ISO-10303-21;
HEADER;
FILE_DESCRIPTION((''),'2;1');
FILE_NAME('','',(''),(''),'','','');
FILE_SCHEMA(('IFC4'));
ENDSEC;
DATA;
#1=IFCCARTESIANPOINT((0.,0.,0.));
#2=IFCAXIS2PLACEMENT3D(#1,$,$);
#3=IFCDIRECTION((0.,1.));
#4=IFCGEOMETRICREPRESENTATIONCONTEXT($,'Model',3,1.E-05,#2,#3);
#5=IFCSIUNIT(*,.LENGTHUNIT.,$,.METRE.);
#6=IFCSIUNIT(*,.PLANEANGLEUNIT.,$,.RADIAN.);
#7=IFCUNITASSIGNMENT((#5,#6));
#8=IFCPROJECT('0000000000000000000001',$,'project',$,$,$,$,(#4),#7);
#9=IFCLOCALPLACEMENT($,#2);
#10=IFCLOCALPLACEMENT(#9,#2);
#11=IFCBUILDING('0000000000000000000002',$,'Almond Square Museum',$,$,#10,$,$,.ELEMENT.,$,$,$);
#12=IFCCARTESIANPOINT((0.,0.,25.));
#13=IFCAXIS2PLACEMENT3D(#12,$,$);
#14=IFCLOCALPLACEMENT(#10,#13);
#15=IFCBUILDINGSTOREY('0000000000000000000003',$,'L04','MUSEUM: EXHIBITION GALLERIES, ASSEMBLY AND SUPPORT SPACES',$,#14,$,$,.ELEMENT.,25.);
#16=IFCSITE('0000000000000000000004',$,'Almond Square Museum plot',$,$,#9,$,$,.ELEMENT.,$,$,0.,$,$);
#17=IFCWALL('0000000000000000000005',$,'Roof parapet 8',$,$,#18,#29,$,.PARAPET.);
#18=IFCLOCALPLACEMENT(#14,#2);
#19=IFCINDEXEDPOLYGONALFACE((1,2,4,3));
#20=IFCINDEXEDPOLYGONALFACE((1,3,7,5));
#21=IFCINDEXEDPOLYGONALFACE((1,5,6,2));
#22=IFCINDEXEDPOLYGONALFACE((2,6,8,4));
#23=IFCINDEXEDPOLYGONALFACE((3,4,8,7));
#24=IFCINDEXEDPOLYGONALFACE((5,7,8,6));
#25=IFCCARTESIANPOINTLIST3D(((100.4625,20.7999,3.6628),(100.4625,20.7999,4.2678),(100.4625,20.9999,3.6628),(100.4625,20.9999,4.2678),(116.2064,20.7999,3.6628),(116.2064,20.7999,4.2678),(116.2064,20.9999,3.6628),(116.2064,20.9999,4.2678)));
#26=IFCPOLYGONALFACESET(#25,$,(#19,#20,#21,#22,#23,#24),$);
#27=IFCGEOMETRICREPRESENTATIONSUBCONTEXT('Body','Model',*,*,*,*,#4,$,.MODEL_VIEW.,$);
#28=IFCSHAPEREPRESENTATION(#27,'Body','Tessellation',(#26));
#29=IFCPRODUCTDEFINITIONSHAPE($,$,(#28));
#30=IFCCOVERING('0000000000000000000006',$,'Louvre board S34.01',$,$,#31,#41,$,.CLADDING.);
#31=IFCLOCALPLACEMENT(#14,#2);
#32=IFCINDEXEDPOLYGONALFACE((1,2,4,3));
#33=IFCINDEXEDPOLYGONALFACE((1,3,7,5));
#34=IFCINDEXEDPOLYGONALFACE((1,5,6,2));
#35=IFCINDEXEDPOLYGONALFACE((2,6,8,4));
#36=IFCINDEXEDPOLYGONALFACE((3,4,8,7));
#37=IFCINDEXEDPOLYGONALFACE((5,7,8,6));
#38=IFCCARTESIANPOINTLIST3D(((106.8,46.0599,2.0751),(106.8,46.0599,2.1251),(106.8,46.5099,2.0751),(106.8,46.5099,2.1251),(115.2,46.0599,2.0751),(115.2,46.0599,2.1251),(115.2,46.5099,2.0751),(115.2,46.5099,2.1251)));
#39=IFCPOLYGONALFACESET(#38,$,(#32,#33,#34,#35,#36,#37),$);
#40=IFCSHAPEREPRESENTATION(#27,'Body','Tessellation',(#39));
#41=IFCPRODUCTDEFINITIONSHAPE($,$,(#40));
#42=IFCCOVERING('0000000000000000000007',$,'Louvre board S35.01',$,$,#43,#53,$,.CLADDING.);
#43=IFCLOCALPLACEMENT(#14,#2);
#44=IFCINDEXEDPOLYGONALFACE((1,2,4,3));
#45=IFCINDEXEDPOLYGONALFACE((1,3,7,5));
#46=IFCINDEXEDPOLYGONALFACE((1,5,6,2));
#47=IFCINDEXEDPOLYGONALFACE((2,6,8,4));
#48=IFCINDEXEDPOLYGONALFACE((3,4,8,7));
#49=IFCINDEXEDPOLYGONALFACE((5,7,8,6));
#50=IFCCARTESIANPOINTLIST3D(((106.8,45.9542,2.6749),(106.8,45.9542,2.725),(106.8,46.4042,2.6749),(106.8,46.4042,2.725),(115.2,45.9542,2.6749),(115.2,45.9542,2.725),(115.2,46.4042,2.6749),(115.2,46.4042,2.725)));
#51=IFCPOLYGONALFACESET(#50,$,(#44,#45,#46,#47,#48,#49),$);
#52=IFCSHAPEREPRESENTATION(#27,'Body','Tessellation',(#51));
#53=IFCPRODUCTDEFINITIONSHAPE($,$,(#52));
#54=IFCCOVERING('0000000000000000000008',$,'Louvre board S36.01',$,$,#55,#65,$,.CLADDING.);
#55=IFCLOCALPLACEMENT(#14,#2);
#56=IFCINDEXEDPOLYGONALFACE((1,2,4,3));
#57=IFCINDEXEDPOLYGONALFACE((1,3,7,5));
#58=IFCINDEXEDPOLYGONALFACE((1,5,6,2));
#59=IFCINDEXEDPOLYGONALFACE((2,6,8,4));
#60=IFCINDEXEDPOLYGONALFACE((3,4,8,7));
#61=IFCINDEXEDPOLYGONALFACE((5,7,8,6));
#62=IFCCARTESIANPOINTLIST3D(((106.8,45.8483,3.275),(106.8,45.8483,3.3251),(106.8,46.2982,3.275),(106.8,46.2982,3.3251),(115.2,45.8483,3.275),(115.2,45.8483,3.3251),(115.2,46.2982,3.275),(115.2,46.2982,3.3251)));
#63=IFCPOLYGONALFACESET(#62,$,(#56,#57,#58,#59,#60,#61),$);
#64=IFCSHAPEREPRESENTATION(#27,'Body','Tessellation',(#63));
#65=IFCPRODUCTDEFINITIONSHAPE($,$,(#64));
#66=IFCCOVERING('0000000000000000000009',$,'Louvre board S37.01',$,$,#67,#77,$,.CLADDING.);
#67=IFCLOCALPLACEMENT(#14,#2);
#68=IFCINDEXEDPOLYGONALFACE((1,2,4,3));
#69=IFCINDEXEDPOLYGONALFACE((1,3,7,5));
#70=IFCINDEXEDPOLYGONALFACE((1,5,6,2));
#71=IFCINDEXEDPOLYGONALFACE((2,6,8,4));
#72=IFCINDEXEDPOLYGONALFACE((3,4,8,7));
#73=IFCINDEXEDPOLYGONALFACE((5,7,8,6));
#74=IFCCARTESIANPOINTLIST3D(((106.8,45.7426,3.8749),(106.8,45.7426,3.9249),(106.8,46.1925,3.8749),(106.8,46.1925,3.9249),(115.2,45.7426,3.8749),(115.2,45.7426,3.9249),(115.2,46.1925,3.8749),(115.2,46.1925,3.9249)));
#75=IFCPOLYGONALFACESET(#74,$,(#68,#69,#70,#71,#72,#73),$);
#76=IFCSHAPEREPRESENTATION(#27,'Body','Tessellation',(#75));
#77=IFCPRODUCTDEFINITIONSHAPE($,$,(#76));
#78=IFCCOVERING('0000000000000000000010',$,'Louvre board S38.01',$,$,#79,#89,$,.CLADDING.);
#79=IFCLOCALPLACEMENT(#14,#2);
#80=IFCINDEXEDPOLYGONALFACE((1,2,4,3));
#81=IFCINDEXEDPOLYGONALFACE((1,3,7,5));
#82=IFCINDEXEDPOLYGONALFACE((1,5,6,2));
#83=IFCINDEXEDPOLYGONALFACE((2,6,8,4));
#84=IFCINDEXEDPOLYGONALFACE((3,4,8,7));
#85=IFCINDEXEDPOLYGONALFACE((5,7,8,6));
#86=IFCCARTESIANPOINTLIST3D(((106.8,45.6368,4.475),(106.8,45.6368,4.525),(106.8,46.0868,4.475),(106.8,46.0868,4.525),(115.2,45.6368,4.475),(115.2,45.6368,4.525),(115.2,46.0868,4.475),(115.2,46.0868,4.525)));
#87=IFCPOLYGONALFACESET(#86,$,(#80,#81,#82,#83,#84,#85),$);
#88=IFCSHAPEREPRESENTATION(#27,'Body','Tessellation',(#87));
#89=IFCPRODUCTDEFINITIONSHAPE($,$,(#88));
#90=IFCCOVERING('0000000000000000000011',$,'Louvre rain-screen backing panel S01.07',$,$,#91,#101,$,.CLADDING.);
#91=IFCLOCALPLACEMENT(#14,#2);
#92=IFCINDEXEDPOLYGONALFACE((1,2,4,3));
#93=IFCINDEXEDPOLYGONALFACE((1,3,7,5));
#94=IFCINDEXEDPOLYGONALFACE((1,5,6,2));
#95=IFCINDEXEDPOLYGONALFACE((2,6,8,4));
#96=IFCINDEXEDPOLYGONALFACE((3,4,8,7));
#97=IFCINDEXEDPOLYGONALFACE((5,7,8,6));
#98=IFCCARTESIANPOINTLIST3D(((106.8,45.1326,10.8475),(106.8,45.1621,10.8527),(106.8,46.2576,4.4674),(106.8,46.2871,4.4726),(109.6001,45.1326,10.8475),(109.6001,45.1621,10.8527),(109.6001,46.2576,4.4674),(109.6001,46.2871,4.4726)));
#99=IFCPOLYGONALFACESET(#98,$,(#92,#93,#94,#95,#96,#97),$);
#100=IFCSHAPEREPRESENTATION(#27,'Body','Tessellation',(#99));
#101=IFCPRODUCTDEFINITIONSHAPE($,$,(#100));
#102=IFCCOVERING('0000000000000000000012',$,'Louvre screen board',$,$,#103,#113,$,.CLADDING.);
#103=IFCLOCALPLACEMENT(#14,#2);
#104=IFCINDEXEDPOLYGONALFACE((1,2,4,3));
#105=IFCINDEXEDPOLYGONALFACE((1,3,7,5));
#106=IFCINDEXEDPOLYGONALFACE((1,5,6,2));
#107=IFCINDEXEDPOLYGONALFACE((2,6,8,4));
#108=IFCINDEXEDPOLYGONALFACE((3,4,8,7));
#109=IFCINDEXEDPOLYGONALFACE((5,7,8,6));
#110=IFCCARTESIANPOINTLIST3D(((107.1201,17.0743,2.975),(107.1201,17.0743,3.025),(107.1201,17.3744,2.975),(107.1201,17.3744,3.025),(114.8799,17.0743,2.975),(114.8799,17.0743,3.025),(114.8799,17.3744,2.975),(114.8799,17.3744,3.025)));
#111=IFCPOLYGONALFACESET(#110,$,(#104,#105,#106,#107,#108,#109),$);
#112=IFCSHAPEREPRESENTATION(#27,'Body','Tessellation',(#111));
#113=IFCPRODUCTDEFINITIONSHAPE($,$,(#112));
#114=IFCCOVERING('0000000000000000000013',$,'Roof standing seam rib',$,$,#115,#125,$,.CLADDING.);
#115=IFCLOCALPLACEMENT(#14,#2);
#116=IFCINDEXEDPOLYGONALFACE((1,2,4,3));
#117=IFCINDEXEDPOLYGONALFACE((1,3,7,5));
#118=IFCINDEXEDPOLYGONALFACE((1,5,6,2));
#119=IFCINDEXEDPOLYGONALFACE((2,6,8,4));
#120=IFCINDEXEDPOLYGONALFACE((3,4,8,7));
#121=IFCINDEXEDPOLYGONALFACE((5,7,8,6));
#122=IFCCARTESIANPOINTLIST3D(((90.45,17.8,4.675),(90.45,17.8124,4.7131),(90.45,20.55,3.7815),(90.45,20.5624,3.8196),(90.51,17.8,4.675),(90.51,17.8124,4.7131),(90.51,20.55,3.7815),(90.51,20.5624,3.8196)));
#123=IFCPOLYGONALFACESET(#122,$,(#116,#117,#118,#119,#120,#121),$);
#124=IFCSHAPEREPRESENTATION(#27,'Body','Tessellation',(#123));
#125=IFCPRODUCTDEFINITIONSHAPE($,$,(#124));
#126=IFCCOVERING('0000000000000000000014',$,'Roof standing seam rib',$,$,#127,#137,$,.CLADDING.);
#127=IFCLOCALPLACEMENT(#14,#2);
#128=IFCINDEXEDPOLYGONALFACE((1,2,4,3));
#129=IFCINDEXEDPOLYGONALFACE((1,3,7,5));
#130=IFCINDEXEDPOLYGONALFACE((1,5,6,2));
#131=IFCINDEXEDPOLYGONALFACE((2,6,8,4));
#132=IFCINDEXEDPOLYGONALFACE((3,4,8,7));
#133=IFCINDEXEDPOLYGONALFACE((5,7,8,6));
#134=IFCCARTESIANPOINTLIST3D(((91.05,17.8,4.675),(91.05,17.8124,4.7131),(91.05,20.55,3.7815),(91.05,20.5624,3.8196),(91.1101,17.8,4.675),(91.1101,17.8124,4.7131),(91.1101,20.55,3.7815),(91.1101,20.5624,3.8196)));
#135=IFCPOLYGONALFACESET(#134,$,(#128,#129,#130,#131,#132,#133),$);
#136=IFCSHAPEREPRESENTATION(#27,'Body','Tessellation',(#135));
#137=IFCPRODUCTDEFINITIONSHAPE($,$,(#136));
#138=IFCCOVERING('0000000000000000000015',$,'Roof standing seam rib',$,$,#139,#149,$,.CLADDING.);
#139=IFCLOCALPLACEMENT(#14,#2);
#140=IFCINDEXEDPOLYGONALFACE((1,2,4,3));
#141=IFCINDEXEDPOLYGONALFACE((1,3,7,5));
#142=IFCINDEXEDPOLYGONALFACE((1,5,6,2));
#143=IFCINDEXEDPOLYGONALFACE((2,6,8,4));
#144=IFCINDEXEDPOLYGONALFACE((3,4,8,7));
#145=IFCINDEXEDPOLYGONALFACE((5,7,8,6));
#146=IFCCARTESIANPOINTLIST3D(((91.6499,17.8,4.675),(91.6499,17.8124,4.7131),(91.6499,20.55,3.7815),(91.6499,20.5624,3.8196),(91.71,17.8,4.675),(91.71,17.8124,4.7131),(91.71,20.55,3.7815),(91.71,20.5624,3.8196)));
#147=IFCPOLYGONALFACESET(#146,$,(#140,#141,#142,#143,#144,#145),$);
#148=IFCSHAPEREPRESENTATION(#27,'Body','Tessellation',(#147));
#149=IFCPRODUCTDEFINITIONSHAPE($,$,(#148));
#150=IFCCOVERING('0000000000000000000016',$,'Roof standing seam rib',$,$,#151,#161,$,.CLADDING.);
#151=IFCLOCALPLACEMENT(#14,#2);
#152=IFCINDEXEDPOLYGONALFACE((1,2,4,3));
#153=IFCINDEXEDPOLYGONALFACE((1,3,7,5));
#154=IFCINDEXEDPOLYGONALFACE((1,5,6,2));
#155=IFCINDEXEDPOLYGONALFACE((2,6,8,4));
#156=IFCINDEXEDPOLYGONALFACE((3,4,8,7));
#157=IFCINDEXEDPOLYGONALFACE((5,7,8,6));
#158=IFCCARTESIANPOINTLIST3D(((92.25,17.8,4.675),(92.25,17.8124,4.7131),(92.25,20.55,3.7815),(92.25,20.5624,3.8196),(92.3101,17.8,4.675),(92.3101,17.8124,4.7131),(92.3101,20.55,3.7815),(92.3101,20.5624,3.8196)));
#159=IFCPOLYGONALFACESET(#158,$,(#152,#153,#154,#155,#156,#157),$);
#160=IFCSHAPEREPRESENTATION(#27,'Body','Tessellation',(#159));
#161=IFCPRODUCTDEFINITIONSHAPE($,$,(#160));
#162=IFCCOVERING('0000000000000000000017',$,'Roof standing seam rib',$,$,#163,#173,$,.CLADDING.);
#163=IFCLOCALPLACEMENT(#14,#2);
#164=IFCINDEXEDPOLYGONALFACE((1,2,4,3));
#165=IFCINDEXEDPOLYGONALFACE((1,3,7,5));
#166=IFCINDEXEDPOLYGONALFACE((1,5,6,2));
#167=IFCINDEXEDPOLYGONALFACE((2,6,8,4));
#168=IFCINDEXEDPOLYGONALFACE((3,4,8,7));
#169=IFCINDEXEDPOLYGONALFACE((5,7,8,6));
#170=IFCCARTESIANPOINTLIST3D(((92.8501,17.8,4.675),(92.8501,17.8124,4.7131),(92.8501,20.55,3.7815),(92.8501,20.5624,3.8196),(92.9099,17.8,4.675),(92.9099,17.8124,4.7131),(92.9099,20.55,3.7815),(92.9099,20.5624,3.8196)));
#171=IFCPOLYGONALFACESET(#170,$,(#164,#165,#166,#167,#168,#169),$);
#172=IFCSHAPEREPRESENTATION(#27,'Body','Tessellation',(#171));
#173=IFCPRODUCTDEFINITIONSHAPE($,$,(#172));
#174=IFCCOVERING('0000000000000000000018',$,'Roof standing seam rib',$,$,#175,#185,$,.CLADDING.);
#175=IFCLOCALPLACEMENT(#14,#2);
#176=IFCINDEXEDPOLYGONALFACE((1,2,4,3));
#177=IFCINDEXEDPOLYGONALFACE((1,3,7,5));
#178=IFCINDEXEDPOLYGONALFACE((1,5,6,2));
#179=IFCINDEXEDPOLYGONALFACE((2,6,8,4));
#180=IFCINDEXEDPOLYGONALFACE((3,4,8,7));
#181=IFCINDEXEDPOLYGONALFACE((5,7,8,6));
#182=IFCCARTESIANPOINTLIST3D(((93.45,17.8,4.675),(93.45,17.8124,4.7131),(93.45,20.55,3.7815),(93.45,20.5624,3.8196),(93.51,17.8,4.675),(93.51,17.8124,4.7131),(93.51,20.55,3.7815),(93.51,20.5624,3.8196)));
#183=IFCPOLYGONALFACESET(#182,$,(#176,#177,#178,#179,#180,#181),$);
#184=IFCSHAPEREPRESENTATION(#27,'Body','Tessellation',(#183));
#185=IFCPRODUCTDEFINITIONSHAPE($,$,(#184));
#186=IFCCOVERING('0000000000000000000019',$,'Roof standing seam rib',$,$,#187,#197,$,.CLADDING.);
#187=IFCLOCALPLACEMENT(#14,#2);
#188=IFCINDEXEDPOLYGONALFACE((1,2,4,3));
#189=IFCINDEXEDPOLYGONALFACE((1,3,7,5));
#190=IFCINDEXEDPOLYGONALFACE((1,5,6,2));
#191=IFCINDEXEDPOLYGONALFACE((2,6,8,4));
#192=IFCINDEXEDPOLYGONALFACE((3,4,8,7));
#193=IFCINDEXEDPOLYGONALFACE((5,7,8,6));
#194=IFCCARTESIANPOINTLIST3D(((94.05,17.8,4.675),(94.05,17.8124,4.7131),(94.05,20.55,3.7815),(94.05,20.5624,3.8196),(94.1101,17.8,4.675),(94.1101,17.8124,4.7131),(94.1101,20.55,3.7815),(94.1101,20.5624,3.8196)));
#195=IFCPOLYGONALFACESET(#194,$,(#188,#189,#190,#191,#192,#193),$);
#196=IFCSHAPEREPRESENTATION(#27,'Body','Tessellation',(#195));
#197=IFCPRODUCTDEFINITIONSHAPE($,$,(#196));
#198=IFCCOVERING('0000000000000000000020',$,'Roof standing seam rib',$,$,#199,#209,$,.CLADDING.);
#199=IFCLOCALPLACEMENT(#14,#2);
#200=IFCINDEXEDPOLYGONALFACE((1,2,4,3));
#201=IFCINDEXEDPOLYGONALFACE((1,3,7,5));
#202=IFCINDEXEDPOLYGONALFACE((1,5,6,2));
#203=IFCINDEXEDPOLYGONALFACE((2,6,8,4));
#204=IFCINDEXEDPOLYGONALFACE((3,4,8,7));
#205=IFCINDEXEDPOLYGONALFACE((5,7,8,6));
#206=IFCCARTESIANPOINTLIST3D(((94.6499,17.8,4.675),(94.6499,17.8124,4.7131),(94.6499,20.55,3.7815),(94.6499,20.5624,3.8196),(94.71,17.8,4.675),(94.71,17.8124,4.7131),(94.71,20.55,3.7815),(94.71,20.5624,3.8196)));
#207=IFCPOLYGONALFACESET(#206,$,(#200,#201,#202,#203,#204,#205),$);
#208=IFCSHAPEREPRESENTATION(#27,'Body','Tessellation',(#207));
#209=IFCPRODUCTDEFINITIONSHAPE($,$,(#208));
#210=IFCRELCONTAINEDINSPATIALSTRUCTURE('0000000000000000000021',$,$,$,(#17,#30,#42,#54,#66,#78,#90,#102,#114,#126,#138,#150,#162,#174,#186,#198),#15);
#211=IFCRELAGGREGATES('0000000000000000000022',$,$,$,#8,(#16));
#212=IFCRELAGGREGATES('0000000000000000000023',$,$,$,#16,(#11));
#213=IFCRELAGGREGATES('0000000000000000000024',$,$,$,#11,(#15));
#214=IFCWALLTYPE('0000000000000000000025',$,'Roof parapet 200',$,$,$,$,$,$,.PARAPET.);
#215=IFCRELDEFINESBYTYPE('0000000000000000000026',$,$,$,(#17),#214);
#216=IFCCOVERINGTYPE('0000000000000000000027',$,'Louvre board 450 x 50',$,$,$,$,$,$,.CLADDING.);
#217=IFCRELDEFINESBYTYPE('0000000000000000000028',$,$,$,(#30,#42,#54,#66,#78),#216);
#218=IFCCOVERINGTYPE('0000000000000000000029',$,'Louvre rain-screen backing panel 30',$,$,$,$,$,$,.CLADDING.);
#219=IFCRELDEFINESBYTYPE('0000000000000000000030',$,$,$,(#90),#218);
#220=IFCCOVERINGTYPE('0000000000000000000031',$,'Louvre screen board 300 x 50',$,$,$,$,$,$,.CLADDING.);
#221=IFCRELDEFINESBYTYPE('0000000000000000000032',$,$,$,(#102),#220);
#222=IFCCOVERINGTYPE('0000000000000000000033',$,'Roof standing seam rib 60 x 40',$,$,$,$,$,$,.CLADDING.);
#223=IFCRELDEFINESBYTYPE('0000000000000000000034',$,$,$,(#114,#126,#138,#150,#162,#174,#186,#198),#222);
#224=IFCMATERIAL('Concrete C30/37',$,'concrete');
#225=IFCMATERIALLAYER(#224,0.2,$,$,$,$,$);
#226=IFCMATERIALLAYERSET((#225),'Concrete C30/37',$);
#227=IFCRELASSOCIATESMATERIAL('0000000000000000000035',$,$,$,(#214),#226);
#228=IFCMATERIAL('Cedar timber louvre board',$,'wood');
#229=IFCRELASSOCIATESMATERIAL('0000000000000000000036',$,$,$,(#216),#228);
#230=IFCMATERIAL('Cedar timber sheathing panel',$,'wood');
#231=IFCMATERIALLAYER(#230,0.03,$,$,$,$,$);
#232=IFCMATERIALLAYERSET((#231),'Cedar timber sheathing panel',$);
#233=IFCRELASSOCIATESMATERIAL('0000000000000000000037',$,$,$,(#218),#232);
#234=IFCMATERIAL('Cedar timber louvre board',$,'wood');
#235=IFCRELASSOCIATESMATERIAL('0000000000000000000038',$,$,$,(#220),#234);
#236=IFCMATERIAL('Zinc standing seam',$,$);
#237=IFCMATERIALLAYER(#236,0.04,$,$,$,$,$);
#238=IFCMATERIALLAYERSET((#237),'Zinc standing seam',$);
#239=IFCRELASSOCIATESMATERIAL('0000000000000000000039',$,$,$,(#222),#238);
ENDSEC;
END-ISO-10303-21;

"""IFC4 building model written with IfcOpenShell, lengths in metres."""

from ifc_helpers import new_model, si_unit, direction, frame, frame_2d, origin, origin_2d, place, context, subcontext, project, spatial, polyline, rectangle, outline, extrude, material, layer, layer_set, material_profile, profile_set, type_object, element, save


model = new_model("IFC4")

# Units and contexts
model_context = context("Model", 3, precision=1e-05, world=origin(), true_north=direction((0.0, 1.0)))
body_context = subcontext(model_context, "Body", "Model", "MODEL_VIEW")
ifc_project = project(units=[si_unit("LENGTHUNIT", "METRE"), si_unit("PLANEANGLEUNIT", "RADIAN")], contexts=[model_context])

# Site, building, storey
site_placement = place(None, origin())
site = spatial("IfcSite", under=ifc_project, at=site_placement, Name="Almond Square Museum plot", CompositionType="ELEMENT", RefElevation=0.0)
building_placement = place(site_placement, origin())
building = spatial("IfcBuilding", under=site, at=building_placement, Name="Almond Square Museum", CompositionType="ELEMENT")
storey_placement = place(building_placement, frame((0.0, 0.0, 25.0)))
storey = spatial("IfcBuildingStorey", under=building, at=storey_placement, Name="L04", Description="MUSEUM: EXHIBITION GALLERIES, ASSEMBLY AND SUPPORT SPACES", CompositionType="ELEMENT", Elevation=25.0)

# Wall
ifc_material_1 = material(Name="Concrete C30/37", Category="concrete")
ifc_layer_1 = layer(ifc_material_1, 0.2)
ifc_layer_set_1 = layer_set([ifc_layer_1], Name="Concrete C30/37")
wall_type = type_object("IfcWallType", Name="Roof parapet 200", PredefinedType="PARAPET", material=ifc_layer_set_1)
wall_placement = place(storey_placement, frame((100.4624, 20.8999, 3.6628), z_axis=(0.0, 0.0, 1.0), x_axis=(1.0, 0.0, 0.0)))
element("IfcWall", 1, at=wall_placement, inside=storey, type_object=wall_type, Name="Roof parapet 8", PredefinedType="PARAPET", context=body_context, shape_type="SweptSolid", body=[
    extrude(rectangle(XDim=15.7439, YDim=0.2, at=frame_2d((7.8721, 0.0))), origin(), (0.0, 0.0, 1.0), 0.605),
])

# Coverings
ifc_material_2 = material(Name="Cedar timber louvre board", Category="wood")
ifc_material_profile_1 = material_profile(ifc_material_2, rectangle(XDim=0.45, YDim=0.05, at=origin_2d()))
ifc_profile_set_1 = profile_set([ifc_material_profile_1], Name="Cedar timber louvre board")
covering_type_1 = type_object("IfcCoveringType", Name="Louvre board 450 x 50", PredefinedType="CLADDING", material=ifc_profile_set_1)
for number, where, z_axis, x_axis, name in (
    (2, (106.8, 46.2849, 2.1001), (1.0, 0.0, 0.0), (0.0, 1.0, 0.0), "Louvre board S34.01"),
    (3, (106.8, 46.1792, 2.7), (1.0, 0.0, 0.0), (0.0, 1.0, 0.0), "Louvre board S35.01"),
    (4, (106.8, 46.0732, 3.3), (1.0, 0.0, 0.0), (0.0, 1.0, 0.0), "Louvre board S36.01"),
    (5, (106.8, 45.9675, 3.8999), (1.0, 0.0, 0.0), (0.0, 1.0, 0.0), "Louvre board S37.01"),
    (6, (106.8, 45.8618, 4.5), (1.0, 0.0, 0.0), (0.0, 1.0, 0.0), "Louvre board S38.01"),
):
    element("IfcCovering", number, at=place(storey_placement, frame(where, z_axis=z_axis, x_axis=x_axis)), inside=storey, type_object=covering_type_1, Name=name, PredefinedType="CLADDING", context=body_context, shape_type="SweptSolid", body=[
        extrude(rectangle(XDim=0.45, YDim=0.05, at=origin_2d()), origin(), (0.0, 0.0, 1.0), 8.3999),
    ])
ifc_material_3 = material(Name="Cedar timber sheathing panel", Category="wood")
ifc_layer_2 = layer(ifc_material_3, 0.03)
ifc_layer_set_2 = layer_set([ifc_layer_2], Name="Cedar timber sheathing panel")
covering_type_2 = type_object("IfcCoveringType", Name="Louvre rain-screen backing panel 30", PredefinedType="CLADDING", material=ifc_layer_set_2)
covering_1_placement = place(storey_placement, frame((106.8, 46.2722, 4.47), z_axis=(0.0, -0.984807, -0.17365), x_axis=(1.0, 0.0, 0.0)))
element("IfcCovering", 7, at=covering_1_placement, inside=storey, type_object=covering_type_2, Name="Louvre rain-screen backing panel S01.07", PredefinedType="CLADDING", context=body_context, shape_type="SweptSolid", body=[
    extrude(outline(polyline([(0.0, 0.0), (2.8, 0.0), (2.8, 6.4786), (0.0, 6.4786), (0.0, 0.0)])), frame((0.0, 0.0, -0.0151)), (0.0, 0.0, 1.0), 0.03),
])
ifc_material_4 = material(Name="Cedar timber louvre board", Category="wood")
ifc_material_profile_2 = material_profile(ifc_material_4, rectangle(XDim=0.3, YDim=0.05, at=origin_2d()))
ifc_profile_set_2 = profile_set([ifc_material_profile_2], Name="Cedar timber louvre board")
covering_type_3 = type_object("IfcCoveringType", Name="Louvre screen board 300 x 50", PredefinedType="CLADDING", material=ifc_profile_set_2)
covering_2_placement = place(storey_placement, frame((107.1201, 17.2244, 3.0), z_axis=(1.0, 0.0, 0.0), x_axis=(0.0, 1.0, 0.0)))
element("IfcCovering", 8, at=covering_2_placement, inside=storey, type_object=covering_type_3, Name="Louvre screen board", PredefinedType="CLADDING", context=body_context, shape_type="SweptSolid", body=[
    extrude(rectangle(XDim=0.3, YDim=0.05, at=origin_2d()), origin(), (0.0, 0.0, 1.0), 7.7598),
])
ifc_material_5 = material(Name="Zinc standing seam")
ifc_layer_3 = layer(ifc_material_5, 0.04)
ifc_layer_set_3 = layer_set([ifc_layer_3], Name="Zinc standing seam")
covering_type_4 = type_object("IfcCoveringType", Name="Roof standing seam rib 60 x 40", PredefinedType="CLADDING", material=ifc_layer_set_3)
for number, where, z_axis, x_axis, name in (
    (9, (90.45, 17.8, 4.675), (0.0, 0.309025, 0.951054), (1.0, 0.0, 0.0), "Roof standing seam rib"),
    (10, (91.05, 17.8, 4.675), (0.0, 0.309025, 0.951054), (1.0, 0.0, 0.0), "Roof standing seam rib"),
    (11, (91.6499, 17.8, 4.675), (0.0, 0.309025, 0.951054), (1.0, 0.0, 0.0), "Roof standing seam rib"),
    (12, (92.25, 17.8, 4.675), (0.0, 0.309025, 0.951054), (1.0, 0.0, 0.0), "Roof standing seam rib"),
):
    element("IfcCovering", number, at=place(storey_placement, frame(where, z_axis=z_axis, x_axis=x_axis)), inside=storey, type_object=covering_type_4, Name=name, PredefinedType="CLADDING", context=body_context, shape_type="SweptSolid", body=[
        extrude(outline(polyline([(0.0, 0.0), (0.0601, 0.0), (0.0601, 2.8915), (0.0, 2.8915), (0.0, 0.0)])), origin(), (0.0, 0.0, 1.0), 0.04),
    ])
covering_3_placement = place(storey_placement, frame((92.8501, 17.8, 4.675), z_axis=(0.0, 0.309025, 0.951054), x_axis=(1.0, 0.0, 0.0)))
element("IfcCovering", 13, at=covering_3_placement, inside=storey, type_object=covering_type_4, Name="Roof standing seam rib", PredefinedType="CLADDING", context=body_context, shape_type="SweptSolid", body=[
    extrude(outline(polyline([(0.0, 0.0), (0.0598, 0.0), (0.0598, 2.8915), (0.0, 2.8915), (0.0, 0.0)])), origin(), (0.0, 0.0, 1.0), 0.04),
])
for number, where, z_axis, x_axis, name in (
    (14, (93.45, 17.8, 4.675), (0.0, 0.309025, 0.951054), (1.0, 0.0, 0.0), "Roof standing seam rib"),
    (15, (94.05, 17.8, 4.675), (0.0, 0.309025, 0.951054), (1.0, 0.0, 0.0), "Roof standing seam rib"),
    (16, (94.6499, 17.8, 4.675), (0.0, 0.309025, 0.951054), (1.0, 0.0, 0.0), "Roof standing seam rib"),
):
    element("IfcCovering", number, at=place(storey_placement, frame(where, z_axis=z_axis, x_axis=x_axis)), inside=storey, type_object=covering_type_4, Name=name, PredefinedType="CLADDING", context=body_context, shape_type="SweptSolid", body=[
        extrude(outline(polyline([(0.0, 0.0), (0.0601, 0.0), (0.0601, 2.8915), (0.0, 2.8915), (0.0, 0.0)])), origin(), (0.0, 0.0, 1.0), 0.04),
    ])

save(model, "model.ifc")
